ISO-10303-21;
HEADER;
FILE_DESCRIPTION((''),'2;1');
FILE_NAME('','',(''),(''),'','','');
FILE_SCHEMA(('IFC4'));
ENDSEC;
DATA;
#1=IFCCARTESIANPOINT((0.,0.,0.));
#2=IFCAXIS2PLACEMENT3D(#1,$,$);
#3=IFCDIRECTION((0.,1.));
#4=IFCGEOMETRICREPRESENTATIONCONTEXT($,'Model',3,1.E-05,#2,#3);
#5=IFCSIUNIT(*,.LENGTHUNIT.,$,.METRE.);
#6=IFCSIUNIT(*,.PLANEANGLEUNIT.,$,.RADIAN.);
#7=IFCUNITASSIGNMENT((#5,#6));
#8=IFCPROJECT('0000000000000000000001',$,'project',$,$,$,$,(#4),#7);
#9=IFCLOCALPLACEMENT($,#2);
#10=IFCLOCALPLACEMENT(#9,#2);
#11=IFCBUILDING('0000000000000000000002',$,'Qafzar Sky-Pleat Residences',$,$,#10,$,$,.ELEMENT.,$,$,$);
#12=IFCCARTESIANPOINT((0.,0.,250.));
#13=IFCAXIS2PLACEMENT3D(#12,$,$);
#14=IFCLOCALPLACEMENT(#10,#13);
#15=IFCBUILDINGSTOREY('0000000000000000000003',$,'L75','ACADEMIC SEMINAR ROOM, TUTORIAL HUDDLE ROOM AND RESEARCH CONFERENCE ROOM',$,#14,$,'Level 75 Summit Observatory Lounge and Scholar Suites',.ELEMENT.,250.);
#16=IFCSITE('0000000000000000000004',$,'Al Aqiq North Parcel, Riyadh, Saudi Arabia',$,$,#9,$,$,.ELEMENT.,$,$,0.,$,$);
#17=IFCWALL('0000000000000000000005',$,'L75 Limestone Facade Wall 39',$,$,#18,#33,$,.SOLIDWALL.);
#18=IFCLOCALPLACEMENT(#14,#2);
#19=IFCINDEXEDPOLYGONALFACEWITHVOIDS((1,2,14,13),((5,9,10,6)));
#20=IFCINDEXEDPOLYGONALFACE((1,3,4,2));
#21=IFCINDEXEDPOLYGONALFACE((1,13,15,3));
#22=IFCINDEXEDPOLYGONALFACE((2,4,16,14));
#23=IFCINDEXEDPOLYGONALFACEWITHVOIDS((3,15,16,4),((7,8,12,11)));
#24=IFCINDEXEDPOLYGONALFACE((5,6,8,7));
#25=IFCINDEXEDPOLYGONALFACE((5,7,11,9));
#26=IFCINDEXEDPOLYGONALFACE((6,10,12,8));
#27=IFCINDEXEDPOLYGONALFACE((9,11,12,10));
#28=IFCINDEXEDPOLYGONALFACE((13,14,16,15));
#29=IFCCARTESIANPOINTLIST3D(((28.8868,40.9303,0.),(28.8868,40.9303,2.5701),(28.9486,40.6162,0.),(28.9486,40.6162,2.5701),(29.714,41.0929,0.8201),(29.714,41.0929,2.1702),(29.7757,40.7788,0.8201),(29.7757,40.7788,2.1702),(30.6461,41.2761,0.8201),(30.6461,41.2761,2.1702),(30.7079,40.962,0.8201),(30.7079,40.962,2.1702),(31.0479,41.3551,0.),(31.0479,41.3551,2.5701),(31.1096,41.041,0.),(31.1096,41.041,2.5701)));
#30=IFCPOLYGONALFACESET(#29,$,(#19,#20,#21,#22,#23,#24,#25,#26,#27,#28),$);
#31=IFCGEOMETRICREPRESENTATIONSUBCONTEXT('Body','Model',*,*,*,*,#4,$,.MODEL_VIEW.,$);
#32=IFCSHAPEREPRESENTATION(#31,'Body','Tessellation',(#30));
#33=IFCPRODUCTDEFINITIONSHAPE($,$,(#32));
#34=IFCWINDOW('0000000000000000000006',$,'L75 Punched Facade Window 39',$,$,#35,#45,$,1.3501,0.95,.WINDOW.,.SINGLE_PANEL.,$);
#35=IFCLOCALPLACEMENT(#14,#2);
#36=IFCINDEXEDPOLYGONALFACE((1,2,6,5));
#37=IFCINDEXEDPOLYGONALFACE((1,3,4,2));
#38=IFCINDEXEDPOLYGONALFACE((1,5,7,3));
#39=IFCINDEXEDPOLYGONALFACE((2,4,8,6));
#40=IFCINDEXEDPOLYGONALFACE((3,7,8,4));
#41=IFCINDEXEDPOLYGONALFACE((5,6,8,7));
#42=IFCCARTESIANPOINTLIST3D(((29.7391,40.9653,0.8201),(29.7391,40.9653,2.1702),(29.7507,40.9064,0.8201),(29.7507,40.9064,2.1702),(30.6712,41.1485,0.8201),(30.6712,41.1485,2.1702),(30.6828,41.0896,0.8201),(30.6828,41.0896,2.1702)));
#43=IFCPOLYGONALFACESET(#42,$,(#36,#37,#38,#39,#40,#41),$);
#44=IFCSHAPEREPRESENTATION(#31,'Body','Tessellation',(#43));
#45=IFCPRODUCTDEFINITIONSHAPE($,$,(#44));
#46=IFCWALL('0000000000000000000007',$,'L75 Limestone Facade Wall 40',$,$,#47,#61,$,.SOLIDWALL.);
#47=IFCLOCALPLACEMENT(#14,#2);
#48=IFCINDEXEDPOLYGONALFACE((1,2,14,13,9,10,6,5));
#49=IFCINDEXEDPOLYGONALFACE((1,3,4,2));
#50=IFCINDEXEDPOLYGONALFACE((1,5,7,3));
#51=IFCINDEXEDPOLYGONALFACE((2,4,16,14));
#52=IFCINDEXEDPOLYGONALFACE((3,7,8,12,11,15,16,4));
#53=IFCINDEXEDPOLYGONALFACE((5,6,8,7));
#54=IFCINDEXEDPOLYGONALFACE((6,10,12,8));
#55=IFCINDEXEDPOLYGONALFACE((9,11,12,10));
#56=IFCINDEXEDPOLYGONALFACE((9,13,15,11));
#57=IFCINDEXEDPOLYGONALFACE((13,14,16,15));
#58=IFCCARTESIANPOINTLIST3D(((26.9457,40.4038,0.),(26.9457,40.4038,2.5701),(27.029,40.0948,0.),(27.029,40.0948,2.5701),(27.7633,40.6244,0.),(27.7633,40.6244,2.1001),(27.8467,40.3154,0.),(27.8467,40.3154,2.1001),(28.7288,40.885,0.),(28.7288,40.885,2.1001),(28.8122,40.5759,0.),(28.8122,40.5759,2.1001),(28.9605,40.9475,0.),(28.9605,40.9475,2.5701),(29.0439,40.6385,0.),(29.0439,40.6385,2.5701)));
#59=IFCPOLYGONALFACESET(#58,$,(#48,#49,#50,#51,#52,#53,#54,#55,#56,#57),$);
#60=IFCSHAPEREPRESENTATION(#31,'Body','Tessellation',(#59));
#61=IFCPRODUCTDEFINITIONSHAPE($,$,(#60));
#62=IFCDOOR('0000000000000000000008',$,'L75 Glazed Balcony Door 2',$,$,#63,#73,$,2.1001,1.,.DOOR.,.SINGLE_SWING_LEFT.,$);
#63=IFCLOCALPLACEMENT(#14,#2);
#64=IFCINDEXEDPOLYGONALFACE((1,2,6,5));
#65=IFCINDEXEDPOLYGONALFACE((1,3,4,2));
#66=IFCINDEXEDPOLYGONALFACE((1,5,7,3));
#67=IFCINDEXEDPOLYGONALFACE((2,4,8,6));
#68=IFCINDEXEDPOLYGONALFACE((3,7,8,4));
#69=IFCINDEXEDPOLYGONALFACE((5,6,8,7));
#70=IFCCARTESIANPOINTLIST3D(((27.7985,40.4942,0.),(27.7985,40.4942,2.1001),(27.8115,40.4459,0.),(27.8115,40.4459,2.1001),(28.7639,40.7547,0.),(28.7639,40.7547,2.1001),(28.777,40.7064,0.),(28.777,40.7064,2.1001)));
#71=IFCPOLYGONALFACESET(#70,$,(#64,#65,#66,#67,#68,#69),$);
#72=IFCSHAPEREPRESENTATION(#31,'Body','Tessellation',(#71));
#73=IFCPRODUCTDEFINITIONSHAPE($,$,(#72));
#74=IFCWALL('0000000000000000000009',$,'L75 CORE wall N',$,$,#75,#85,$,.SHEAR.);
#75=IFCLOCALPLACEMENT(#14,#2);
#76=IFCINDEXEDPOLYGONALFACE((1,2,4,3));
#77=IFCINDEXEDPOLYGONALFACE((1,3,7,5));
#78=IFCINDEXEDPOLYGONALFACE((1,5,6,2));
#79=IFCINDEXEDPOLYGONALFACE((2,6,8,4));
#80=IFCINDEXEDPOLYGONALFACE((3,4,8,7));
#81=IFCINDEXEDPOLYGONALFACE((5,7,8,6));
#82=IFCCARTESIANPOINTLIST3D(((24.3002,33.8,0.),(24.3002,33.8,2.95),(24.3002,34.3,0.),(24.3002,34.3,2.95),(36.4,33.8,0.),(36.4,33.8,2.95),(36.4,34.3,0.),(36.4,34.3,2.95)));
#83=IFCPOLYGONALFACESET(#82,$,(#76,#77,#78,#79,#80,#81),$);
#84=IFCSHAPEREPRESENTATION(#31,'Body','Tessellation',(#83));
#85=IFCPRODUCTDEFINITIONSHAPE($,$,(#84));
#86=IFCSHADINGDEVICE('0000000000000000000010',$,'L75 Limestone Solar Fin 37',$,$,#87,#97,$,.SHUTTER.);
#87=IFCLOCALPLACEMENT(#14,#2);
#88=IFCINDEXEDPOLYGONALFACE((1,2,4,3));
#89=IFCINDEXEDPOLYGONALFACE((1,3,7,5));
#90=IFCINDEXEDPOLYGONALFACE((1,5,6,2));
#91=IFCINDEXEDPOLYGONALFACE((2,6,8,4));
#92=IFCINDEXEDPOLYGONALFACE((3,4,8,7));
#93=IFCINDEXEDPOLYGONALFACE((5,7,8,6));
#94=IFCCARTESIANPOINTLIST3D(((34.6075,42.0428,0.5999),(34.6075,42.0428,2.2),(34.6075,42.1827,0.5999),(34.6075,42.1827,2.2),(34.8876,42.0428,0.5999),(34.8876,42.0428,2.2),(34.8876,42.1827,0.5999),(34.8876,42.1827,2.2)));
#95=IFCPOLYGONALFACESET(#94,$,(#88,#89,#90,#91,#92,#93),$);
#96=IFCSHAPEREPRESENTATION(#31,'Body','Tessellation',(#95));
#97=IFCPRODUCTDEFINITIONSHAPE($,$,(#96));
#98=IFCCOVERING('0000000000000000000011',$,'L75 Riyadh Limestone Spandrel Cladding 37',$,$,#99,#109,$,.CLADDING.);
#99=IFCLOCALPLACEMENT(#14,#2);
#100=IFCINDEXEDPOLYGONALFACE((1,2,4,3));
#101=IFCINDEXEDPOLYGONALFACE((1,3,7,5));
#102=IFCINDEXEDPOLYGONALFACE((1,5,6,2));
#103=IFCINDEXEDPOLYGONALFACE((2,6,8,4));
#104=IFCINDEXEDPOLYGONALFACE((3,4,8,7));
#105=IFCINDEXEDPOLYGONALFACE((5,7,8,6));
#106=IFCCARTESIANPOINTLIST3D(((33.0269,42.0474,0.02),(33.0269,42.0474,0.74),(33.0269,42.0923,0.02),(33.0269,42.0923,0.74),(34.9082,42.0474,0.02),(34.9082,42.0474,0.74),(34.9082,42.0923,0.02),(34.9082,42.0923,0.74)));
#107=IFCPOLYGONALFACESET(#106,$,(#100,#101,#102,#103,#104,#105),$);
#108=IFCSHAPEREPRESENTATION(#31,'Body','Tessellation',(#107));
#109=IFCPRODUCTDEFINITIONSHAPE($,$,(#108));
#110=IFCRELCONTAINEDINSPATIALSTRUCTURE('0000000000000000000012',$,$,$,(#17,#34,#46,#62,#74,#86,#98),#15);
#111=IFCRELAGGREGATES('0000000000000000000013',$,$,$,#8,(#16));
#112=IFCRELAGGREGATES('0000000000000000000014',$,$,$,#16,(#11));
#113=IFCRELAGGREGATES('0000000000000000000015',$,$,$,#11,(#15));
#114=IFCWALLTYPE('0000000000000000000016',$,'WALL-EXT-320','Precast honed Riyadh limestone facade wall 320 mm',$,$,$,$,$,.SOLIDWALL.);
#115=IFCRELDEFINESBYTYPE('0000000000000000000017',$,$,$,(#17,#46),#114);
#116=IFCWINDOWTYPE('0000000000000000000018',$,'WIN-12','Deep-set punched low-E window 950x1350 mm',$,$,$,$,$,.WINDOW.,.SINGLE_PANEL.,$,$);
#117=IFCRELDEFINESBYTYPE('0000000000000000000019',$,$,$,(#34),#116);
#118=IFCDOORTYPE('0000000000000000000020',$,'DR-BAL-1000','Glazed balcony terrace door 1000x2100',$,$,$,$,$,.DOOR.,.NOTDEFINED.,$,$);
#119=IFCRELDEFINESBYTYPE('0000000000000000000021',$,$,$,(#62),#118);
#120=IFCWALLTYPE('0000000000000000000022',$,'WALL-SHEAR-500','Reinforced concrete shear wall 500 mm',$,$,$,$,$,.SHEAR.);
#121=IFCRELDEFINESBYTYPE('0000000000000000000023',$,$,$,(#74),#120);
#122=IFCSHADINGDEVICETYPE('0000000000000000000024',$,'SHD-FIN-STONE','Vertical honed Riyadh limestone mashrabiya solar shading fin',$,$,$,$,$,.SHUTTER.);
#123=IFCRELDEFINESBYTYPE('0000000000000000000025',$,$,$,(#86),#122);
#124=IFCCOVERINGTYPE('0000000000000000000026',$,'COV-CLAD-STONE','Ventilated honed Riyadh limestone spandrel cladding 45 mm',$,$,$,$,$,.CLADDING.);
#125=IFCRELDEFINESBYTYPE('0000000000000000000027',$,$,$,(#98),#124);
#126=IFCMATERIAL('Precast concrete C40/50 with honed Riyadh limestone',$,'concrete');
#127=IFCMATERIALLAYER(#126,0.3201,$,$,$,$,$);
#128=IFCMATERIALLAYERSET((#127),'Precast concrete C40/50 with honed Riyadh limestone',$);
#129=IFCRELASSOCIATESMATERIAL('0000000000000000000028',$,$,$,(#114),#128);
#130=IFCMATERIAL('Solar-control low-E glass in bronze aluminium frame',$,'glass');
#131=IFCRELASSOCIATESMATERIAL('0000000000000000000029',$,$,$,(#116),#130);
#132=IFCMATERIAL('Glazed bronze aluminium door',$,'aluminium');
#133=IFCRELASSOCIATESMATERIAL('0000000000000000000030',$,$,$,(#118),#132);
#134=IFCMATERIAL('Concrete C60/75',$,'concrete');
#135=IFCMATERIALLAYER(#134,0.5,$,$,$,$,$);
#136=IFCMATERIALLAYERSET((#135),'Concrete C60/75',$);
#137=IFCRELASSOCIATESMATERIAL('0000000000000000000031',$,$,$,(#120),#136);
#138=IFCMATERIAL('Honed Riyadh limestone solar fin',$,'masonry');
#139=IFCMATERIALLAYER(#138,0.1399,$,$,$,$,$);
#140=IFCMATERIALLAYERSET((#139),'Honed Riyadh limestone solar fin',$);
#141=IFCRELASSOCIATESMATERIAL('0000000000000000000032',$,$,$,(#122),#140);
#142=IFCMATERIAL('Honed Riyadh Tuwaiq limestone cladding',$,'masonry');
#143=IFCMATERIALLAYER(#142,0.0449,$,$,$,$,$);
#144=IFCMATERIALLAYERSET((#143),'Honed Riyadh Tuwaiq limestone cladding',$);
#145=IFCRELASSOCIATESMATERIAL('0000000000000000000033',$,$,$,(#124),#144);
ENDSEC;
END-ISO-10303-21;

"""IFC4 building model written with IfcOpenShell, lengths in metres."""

from ifc_helpers import new_model, si_unit, direction, frame, frame_2d, origin, origin_2d, place, context, subcontext, project, spatial, rectangle, extrude, source, transform, mapped, material, layer, layer_set, type_object, element, fill, save


model = new_model("IFC4")

# Units and contexts
model_context = context("Model", 3, precision=1e-05, world=origin(), true_north=direction((0.0, 1.0)))
body_context = subcontext(model_context, "Body", "Model", "MODEL_VIEW")
ifc_project = project(units=[si_unit("LENGTHUNIT", "METRE"), si_unit("PLANEANGLEUNIT", "RADIAN")], contexts=[model_context])

# Site, building, storey
site_placement = place(None, origin())
site = spatial("IfcSite", under=ifc_project, at=site_placement, Name="Al Aqiq North Parcel, Riyadh, Saudi Arabia", CompositionType="ELEMENT", RefElevation=0.0)
building_placement = place(site_placement, origin())
building = spatial("IfcBuilding", under=site, at=building_placement, Name="Qafzar Sky-Pleat Residences", CompositionType="ELEMENT")
storey_placement = place(building_placement, frame((0.0, 0.0, 250.0)))
storey = spatial("IfcBuildingStorey", under=building, at=storey_placement, Name="L75", Description="ACADEMIC SEMINAR ROOM, TUTORIAL HUDDLE ROOM AND RESEARCH CONFERENCE ROOM", LongName="Level 75 Summit Observatory Lounge and Scholar Suites", CompositionType="ELEMENT", Elevation=250.0)

# Wall, opening, window
ifc_material_1 = material(Name="Precast concrete C40/50 with honed Riyadh limestone", Category="concrete")
ifc_layer_1 = layer(ifc_material_1, 0.3201)
ifc_layer_set_1 = layer_set([ifc_layer_1], Name="Precast concrete C40/50 with honed Riyadh limestone")
wall_type_1 = type_object("IfcWallType", Name="WALL-EXT-320", Description="Precast honed Riyadh limestone facade wall 320 mm", PredefinedType="SOLIDWALL", material=ifc_layer_set_1)
ifc_material_2 = material(Name="Solar-control low-E glass in bronze aluminium frame", Category="glass")
wall_1_placement = place(storey_placement, frame((31.0786, 41.198, 0.0), z_axis=(0.0, 0.0, 1.0), x_axis=(-0.981223, -0.192875, 0.0)))
wall_1 = element("IfcWall", 1, at=wall_1_placement, inside=storey, type_object=wall_type_1, Name="L75 Limestone Facade Wall 39", PredefinedType="SOLIDWALL", context=body_context, shape_type="SweptSolid", body=[
    extrude(rectangle(XDim=2.2024, YDim=0.3201, at=frame_2d((1.1011, 0.0))), origin(), (0.0, 0.0, 1.0), 2.5701),
])
opening_1_placement = place(wall_1_placement, frame((0.4092, 0.0, 0.8201)))
opening_1 = element("IfcOpeningElement", 2, at=opening_1_placement, cuts=wall_1, PredefinedType="OPENING", context=body_context, shape_type="SweptSolid", body=[
    extrude(rectangle(XDim=0.95, YDim=1.3501, at=frame_2d((0.4751, 0.675))), frame((0.0, 0.1699, 0.0), z_axis=(0.0, -1.0, 0.0), x_axis=(1.0, 0.0, 0.0)), (0.0, 0.0, 1.0), 0.3401),
])
window_type_1 = type_object("IfcWindowType", Name="WIN-12", Description="Deep-set punched low-E window 950x1350 mm", PartitioningType="SINGLE_PANEL", PredefinedType="WINDOW", material=ifc_material_2)
shared_shape_1 = source(origin(), body_context, "Body", "SweptSolid", [
    extrude(rectangle(XDim=0.95, YDim=1.3501, at=frame_2d((0.4751, 0.675))), frame((0.0, 0.03, 0.0), z_axis=(0.0, -1.0, 0.0), x_axis=(1.0, 0.0, 0.0)), (0.0, 0.0, 1.0), 0.0601),
])
window_1_placement = place(opening_1_placement, origin())
window_1 = element("IfcWindow", 3, at=window_1_placement, inside=storey, type_object=window_type_1, Name="L75 Punched Facade Window 39", OverallHeight=1.3501, OverallWidth=0.95, PartitioningType="SINGLE_PANEL", PredefinedType="WINDOW", context=body_context, shape_type="MappedRepresentation", body=[
    mapped(shared_shape_1, transform((0.0, 0.0, 0.0), x_axis=(1.0, 0.0, 0.0), y_axis=(0.0, 1.0, 0.0), z_axis=(0.0, 0.0, 1.0), scale=1.0)),
])
fill(opening_1, window_1)

# Wall, opening, door
wall_2_placement = place(storey_placement, frame((29.0022, 40.793, 0.0), z_axis=(0.0, 0.0, 1.0), x_axis=(-0.965468, -0.260523, 0.0)))
wall_2 = element("IfcWall", 4, at=wall_2_placement, inside=storey, type_object=wall_type_1, Name="L75 Limestone Facade Wall 40", PredefinedType="SOLIDWALL", context=body_context, shape_type="SweptSolid", body=[
    extrude(rectangle(XDim=2.0869, YDim=0.3201, at=frame_2d((1.0435, 0.0))), origin(), (0.0, 0.0, 1.0), 2.5701),
])
opening_2_placement = place(wall_2_placement, frame((0.24, 0.0, 0.0)))
opening_2 = element("IfcOpeningElement", 5, at=opening_2_placement, cuts=wall_2, PredefinedType="OPENING", context=body_context, shape_type="SweptSolid", body=[
    extrude(rectangle(XDim=1.0, YDim=2.1001, at=frame_2d((0.5, 1.05))), frame((0.0, 0.1699, 0.0), z_axis=(0.0, -1.0, 0.0), x_axis=(1.0, 0.0, 0.0)), (0.0, 0.0, 1.0), 0.3401),
])
ifc_material_3 = material(Name="Glazed bronze aluminium door", Category="aluminium")
door_type_1 = type_object("IfcDoorType", Name="DR-BAL-1000", Description="Glazed balcony terrace door 1000x2100", OperationType="NOTDEFINED", PredefinedType="DOOR", material=ifc_material_3)
shared_shape_2 = source(origin(), body_context, "Body", "SweptSolid", [
    extrude(rectangle(XDim=1.0, YDim=2.1001, at=frame_2d((0.5, 1.05))), frame((0.0, 0.0249, 0.0), z_axis=(0.0, -1.0, 0.0), x_axis=(1.0, 0.0, 0.0)), (0.0, 0.0, 1.0), 0.05),
])
door_1_placement = place(opening_2_placement, origin())
door_1 = element("IfcDoor", 6, at=door_1_placement, inside=storey, type_object=door_type_1, Name="L75 Glazed Balcony Door 2", OperationType="SINGLE_SWING_LEFT", OverallHeight=2.1001, OverallWidth=1.0, PredefinedType="DOOR", context=body_context, shape_type="MappedRepresentation", body=[
    mapped(shared_shape_2, transform((0.0, 0.0, 0.0), x_axis=(1.0, 0.0, 0.0), y_axis=(0.0, 1.0, 0.0), z_axis=(0.0, 0.0, 1.0), scale=1.0)),
])
fill(opening_2, door_1)

# Wall
ifc_material_4 = material(Name="Concrete C60/75", Category="concrete")
ifc_layer_2 = layer(ifc_material_4, 0.5)
ifc_layer_set_2 = layer_set([ifc_layer_2], Name="Concrete C60/75")
wall_type_2 = type_object("IfcWallType", Name="WALL-SHEAR-500", Description="Reinforced concrete shear wall 500 mm", PredefinedType="SHEAR", material=ifc_layer_set_2)
wall_3_placement = place(storey_placement, frame((36.3999, 34.05, 0.0), z_axis=(0.0, 0.0, 1.0), x_axis=(-1.0, 0.0, 0.0)))
element("IfcWall", 7, at=wall_3_placement, inside=storey, type_object=wall_type_2, Name="L75 CORE wall N", PredefinedType="SHEAR", context=body_context, shape_type="SweptSolid", body=[
    extrude(rectangle(XDim=12.0999, YDim=0.5, at=frame_2d((6.0498, 0.0))), origin(), (0.0, 0.0, 1.0), 2.95),
])

# Shading device
ifc_material_5 = material(Name="Honed Riyadh limestone solar fin", Category="masonry")
ifc_layer_3 = layer(ifc_material_5, 0.1399)
ifc_layer_set_3 = layer_set([ifc_layer_3], Name="Honed Riyadh limestone solar fin")
shading_device_type = type_object("IfcShadingDeviceType", Name="SHD-FIN-STONE", Description="Vertical honed Riyadh limestone mashrabiya solar shading fin", PredefinedType="SHUTTER", material=ifc_layer_set_3)
shared_shape_3 = source(origin(), body_context, "Body", "SweptSolid", [
    extrude(rectangle(XDim=0.1399, YDim=0.28, at=origin_2d()), origin(), (0.0, 0.0, 1.0), 1.6001),
])
shading_device_placement = place(storey_placement, frame((34.7476, 42.1128, 0.5999), z_axis=(0.0, 0.0, 1.0), x_axis=(0.0, 1.0, 0.0)))
element("IfcShadingDevice", 8, at=shading_device_placement, inside=storey, type_object=shading_device_type, Name="L75 Limestone Solar Fin 37", PredefinedType="SHUTTER", context=body_context, shape_type="MappedRepresentation", body=[
    mapped(shared_shape_3, transform((0.0, 0.0, 0.0), x_axis=(1.0, 0.0, 0.0), y_axis=(0.0, 1.0, 0.0), z_axis=(0.0, 0.0, 1.0), scale=1.0)),
])

# Covering
ifc_material_6 = material(Name="Honed Riyadh Tuwaiq limestone cladding", Category="masonry")
ifc_layer_4 = layer(ifc_material_6, 0.0449)
ifc_layer_set_4 = layer_set([ifc_layer_4], Name="Honed Riyadh Tuwaiq limestone cladding")
covering_type = type_object("IfcCoveringType", Name="COV-CLAD-STONE", Description="Ventilated honed Riyadh limestone spandrel cladding 45 mm", PredefinedType="CLADDING", material=ifc_layer_set_4)
shared_shape_4 = source(origin(), body_context, "Body", "SweptSolid", [
    extrude(rectangle(XDim=1.8813, YDim=0.0449, at=origin_2d()), origin(), (0.0, 0.0, 1.0), 0.72),
])
covering_placement = place(storey_placement, frame((33.9675, 42.0698, 0.02), z_axis=(0.0, 0.0, 1.0), x_axis=(-1.0, 0.0, 0.0)))
element("IfcCovering", 9, at=covering_placement, inside=storey, type_object=covering_type, Name="L75 Riyadh Limestone Spandrel Cladding 37", PredefinedType="CLADDING", context=body_context, shape_type="MappedRepresentation", body=[
    mapped(shared_shape_4, transform((0.0, 0.0, 0.0), x_axis=(1.0, 0.0, 0.0), y_axis=(0.0, 1.0, 0.0), z_axis=(0.0, 0.0, 1.0), scale=1.0)),
])

save(model, "model.ifc")
